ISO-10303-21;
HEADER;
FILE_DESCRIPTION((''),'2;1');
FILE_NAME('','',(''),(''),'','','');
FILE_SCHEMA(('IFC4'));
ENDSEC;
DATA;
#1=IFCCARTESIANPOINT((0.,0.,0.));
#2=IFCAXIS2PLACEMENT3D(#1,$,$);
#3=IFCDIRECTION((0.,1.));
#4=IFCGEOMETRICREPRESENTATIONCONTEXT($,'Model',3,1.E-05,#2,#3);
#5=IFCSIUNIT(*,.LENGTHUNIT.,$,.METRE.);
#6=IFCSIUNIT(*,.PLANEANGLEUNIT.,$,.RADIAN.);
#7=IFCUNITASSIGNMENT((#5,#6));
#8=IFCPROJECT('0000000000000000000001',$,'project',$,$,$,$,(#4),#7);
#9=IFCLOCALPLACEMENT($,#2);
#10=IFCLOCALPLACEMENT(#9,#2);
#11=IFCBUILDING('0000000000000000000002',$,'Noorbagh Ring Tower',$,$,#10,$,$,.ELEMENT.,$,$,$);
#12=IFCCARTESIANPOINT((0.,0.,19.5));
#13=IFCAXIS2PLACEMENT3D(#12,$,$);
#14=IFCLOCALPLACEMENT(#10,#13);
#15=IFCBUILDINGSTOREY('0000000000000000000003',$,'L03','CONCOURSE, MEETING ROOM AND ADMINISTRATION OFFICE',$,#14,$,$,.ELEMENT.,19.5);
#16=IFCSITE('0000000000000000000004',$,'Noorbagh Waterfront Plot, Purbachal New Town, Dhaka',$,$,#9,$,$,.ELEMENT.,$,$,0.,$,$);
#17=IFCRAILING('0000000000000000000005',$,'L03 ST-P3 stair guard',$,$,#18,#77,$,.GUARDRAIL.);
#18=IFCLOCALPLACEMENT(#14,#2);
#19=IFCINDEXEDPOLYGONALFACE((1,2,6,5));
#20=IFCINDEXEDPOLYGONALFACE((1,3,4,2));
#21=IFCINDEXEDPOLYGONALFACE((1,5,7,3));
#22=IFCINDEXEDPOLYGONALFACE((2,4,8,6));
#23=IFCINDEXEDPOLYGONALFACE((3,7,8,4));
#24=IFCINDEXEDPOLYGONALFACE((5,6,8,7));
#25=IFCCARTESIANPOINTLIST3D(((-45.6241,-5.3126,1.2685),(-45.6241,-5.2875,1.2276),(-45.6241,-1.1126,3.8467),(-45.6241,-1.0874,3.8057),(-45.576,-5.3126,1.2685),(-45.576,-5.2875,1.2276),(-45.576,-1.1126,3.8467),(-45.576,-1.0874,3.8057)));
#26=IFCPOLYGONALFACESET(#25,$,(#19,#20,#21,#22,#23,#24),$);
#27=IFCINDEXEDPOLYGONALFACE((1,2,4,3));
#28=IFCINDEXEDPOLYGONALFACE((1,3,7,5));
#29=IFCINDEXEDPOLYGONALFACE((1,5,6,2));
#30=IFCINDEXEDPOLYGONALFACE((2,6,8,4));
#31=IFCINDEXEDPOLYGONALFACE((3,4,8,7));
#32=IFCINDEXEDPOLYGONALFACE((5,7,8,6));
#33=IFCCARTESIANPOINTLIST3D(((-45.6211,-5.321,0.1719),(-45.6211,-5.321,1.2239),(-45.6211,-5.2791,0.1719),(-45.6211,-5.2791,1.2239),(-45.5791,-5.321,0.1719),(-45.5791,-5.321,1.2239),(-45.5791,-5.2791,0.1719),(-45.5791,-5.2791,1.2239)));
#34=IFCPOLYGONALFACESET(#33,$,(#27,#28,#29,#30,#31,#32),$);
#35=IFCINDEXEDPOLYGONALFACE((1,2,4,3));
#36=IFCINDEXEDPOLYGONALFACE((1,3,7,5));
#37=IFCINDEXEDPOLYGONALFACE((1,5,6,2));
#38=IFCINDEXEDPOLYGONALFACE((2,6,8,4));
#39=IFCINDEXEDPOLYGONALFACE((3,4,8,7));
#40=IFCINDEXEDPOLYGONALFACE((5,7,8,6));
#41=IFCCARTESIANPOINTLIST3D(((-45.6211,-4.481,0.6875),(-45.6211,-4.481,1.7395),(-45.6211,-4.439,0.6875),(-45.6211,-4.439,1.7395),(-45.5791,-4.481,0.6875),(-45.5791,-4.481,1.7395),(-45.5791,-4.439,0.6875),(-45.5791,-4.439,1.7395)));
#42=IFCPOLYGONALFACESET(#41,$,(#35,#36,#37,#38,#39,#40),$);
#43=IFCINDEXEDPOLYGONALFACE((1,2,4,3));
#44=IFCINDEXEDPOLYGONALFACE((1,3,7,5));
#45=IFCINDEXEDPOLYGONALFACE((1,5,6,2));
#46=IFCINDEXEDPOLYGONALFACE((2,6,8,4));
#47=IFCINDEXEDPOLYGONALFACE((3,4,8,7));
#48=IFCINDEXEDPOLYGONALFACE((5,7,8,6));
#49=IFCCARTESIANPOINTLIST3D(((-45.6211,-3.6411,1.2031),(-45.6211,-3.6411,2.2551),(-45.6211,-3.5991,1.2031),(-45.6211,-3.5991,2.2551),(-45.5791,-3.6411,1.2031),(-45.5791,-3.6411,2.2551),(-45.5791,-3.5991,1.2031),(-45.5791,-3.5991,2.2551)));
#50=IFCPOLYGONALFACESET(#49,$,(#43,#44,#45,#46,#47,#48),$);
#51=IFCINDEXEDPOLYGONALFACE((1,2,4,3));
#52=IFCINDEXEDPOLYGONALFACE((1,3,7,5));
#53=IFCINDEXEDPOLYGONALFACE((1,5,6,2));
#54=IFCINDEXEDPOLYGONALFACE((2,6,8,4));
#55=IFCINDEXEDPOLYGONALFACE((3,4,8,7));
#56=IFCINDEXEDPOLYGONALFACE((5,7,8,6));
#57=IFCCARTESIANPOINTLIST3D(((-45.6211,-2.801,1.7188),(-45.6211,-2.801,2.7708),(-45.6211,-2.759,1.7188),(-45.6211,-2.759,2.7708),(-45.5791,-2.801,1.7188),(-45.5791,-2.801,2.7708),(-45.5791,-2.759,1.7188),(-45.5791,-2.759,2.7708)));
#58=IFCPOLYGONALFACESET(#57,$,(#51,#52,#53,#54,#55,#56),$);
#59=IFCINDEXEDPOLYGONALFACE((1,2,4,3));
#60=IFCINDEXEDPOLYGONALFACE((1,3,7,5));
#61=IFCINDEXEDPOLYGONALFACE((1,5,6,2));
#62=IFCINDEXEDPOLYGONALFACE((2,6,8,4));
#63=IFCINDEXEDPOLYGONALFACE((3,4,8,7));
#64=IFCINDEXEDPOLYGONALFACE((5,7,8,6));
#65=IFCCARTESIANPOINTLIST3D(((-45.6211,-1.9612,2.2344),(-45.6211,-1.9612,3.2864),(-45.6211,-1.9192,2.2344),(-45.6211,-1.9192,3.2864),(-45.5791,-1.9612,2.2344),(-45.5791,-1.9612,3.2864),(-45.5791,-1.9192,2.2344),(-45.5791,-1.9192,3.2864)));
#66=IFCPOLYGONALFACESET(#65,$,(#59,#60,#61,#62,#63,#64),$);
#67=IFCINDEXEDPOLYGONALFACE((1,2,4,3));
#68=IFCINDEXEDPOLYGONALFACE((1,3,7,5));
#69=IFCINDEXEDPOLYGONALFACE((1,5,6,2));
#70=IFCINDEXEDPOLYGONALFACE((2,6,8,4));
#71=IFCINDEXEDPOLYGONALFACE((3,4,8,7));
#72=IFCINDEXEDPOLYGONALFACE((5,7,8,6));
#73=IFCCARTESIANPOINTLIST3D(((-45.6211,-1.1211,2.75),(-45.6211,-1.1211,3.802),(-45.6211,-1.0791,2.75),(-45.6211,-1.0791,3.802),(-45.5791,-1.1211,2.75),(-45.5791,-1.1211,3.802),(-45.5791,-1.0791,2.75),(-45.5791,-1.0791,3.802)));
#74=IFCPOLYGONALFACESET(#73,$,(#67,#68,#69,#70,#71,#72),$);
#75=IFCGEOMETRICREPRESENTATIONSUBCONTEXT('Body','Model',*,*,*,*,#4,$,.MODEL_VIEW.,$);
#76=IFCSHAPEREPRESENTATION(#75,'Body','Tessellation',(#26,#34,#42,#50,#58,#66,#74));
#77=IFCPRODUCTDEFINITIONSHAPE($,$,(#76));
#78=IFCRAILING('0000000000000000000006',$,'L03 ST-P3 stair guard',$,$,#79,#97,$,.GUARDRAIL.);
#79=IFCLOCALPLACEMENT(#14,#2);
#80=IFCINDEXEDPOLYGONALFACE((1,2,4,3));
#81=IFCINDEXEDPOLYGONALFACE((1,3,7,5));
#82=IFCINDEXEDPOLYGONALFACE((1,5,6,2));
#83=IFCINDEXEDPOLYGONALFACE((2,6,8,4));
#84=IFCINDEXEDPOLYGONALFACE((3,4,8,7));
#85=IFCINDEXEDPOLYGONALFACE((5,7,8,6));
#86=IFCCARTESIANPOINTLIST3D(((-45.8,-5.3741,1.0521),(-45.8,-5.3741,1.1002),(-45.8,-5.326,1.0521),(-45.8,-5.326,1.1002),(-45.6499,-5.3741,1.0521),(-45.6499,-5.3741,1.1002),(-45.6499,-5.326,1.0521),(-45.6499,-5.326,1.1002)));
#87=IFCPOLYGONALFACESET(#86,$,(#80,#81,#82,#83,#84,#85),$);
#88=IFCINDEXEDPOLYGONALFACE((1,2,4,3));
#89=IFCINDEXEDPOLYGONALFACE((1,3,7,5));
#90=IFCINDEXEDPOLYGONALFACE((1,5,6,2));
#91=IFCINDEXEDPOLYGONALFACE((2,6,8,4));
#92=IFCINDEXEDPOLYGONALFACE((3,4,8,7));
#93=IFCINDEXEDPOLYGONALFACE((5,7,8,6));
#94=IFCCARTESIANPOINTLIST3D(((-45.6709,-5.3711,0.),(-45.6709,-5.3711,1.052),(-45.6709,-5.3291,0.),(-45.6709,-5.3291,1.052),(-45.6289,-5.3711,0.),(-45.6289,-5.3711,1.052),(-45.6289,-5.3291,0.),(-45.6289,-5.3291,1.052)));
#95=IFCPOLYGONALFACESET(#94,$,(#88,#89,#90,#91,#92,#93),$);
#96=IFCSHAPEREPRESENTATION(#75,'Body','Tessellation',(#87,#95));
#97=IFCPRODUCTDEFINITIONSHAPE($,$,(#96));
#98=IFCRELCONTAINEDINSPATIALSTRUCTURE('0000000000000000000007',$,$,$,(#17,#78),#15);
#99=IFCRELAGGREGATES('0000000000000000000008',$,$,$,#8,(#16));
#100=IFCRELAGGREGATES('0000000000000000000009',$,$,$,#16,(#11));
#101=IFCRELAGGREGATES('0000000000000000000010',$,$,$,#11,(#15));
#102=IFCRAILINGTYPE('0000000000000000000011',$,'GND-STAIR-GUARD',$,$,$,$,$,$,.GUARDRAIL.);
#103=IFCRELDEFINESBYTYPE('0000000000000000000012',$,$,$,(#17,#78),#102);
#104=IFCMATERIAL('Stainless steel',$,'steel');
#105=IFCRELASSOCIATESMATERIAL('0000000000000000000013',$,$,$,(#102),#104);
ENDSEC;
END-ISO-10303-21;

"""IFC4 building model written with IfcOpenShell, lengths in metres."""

from ifc_helpers import new_model, si_unit, direction, frame, origin, origin_2d, place, context, subcontext, project, spatial, rectangle, extrude, material, type_object, element, save


model = new_model("IFC4")

# Units and contexts
model_context = context("Model", 3, precision=1e-05, world=origin(), true_north=direction((0.0, 1.0)))
body_context = subcontext(model_context, "Body", "Model", "MODEL_VIEW")
ifc_project = project(units=[si_unit("LENGTHUNIT", "METRE"), si_unit("PLANEANGLEUNIT", "RADIAN")], contexts=[model_context])

# Site, building, storey
site_placement = place(None, origin())
site = spatial("IfcSite", under=ifc_project, at=site_placement, Name="Noorbagh Waterfront Plot, Purbachal New Town, Dhaka", CompositionType="ELEMENT", RefElevation=0.0)
building_placement = place(site_placement, origin())
building = spatial("IfcBuilding", under=site, at=building_placement, Name="Noorbagh Ring Tower", CompositionType="ELEMENT")
storey_placement = place(building_placement, frame((0.0, 0.0, 19.5)))
storey = spatial("IfcBuildingStorey", under=building, at=storey_placement, Name="L03", Description="CONCOURSE, MEETING ROOM AND ADMINISTRATION OFFICE", CompositionType="ELEMENT", Elevation=19.5)

# Railings
ifc_material_1 = material(Name="Stainless steel", Category="steel")
railing_type = type_object("IfcRailingType", Name="GND-STAIR-GUARD", PredefinedType="GUARDRAIL", material=ifc_material_1)
railing_1_placement = place(storey_placement, frame((-45.6001, -5.3, 0.1719)))
element("IfcRailing", 1, at=railing_1_placement, inside=storey, type_object=railing_type, Name="L03 ST-P3 stair guard", PredefinedType="GUARDRAIL", context=body_context, shape_type="SweptSolid", body=[
    extrude(rectangle(XDim=0.0481, YDim=0.0481, at=origin_2d()), frame((0.0, 0.0, 1.0762), z_axis=(0.0, 0.852243, 0.523146), x_axis=(-1.0, 0.0, 0.0)), (0.0, 0.0, 1.0), 4.9282),
    extrude(rectangle(XDim=0.042, YDim=0.042, at=origin_2d()), origin(), (0.0, 0.0, 1.0), 1.052),
    extrude(rectangle(XDim=0.042, YDim=0.042, at=origin_2d()), frame((0.0, 0.8401, 0.5156)), (0.0, 0.0, 1.0), 1.052),
    extrude(rectangle(XDim=0.042, YDim=0.042, at=origin_2d()), frame((0.0, 1.6799, 1.0312)), (0.0, 0.0, 1.0), 1.052),
    extrude(rectangle(XDim=0.042, YDim=0.042, at=origin_2d()), frame((0.0, 2.52, 1.5469)), (0.0, 0.0, 1.0), 1.052),
    extrude(rectangle(XDim=0.042, YDim=0.042, at=origin_2d()), frame((0.0, 3.3599, 2.0625)), (0.0, 0.0, 1.0), 1.052),
    extrude(rectangle(XDim=0.042, YDim=0.042, at=origin_2d()), frame((0.0, 4.2, 2.5781)), (0.0, 0.0, 1.0), 1.052),
])
railing_2_placement = place(storey_placement, frame((-45.6499, -5.3501, 0.0)))
element("IfcRailing", 2, at=railing_2_placement, inside=storey, type_object=railing_type, Name="L03 ST-P3 stair guard", PredefinedType="GUARDRAIL", context=body_context, shape_type="SweptSolid", body=[
    extrude(rectangle(XDim=0.0481, YDim=0.0481, at=origin_2d()), frame((0.0, 0.0, 1.0762), z_axis=(-1.0, 0.0, 0.0), x_axis=(0.0, -1.0, 0.0)), (0.0, 0.0, 1.0), 0.1501),
    extrude(rectangle(XDim=0.042, YDim=0.042, at=origin_2d()), origin(), (0.0, 0.0, 1.0), 1.052),
])

save(model, "model.ifc")
